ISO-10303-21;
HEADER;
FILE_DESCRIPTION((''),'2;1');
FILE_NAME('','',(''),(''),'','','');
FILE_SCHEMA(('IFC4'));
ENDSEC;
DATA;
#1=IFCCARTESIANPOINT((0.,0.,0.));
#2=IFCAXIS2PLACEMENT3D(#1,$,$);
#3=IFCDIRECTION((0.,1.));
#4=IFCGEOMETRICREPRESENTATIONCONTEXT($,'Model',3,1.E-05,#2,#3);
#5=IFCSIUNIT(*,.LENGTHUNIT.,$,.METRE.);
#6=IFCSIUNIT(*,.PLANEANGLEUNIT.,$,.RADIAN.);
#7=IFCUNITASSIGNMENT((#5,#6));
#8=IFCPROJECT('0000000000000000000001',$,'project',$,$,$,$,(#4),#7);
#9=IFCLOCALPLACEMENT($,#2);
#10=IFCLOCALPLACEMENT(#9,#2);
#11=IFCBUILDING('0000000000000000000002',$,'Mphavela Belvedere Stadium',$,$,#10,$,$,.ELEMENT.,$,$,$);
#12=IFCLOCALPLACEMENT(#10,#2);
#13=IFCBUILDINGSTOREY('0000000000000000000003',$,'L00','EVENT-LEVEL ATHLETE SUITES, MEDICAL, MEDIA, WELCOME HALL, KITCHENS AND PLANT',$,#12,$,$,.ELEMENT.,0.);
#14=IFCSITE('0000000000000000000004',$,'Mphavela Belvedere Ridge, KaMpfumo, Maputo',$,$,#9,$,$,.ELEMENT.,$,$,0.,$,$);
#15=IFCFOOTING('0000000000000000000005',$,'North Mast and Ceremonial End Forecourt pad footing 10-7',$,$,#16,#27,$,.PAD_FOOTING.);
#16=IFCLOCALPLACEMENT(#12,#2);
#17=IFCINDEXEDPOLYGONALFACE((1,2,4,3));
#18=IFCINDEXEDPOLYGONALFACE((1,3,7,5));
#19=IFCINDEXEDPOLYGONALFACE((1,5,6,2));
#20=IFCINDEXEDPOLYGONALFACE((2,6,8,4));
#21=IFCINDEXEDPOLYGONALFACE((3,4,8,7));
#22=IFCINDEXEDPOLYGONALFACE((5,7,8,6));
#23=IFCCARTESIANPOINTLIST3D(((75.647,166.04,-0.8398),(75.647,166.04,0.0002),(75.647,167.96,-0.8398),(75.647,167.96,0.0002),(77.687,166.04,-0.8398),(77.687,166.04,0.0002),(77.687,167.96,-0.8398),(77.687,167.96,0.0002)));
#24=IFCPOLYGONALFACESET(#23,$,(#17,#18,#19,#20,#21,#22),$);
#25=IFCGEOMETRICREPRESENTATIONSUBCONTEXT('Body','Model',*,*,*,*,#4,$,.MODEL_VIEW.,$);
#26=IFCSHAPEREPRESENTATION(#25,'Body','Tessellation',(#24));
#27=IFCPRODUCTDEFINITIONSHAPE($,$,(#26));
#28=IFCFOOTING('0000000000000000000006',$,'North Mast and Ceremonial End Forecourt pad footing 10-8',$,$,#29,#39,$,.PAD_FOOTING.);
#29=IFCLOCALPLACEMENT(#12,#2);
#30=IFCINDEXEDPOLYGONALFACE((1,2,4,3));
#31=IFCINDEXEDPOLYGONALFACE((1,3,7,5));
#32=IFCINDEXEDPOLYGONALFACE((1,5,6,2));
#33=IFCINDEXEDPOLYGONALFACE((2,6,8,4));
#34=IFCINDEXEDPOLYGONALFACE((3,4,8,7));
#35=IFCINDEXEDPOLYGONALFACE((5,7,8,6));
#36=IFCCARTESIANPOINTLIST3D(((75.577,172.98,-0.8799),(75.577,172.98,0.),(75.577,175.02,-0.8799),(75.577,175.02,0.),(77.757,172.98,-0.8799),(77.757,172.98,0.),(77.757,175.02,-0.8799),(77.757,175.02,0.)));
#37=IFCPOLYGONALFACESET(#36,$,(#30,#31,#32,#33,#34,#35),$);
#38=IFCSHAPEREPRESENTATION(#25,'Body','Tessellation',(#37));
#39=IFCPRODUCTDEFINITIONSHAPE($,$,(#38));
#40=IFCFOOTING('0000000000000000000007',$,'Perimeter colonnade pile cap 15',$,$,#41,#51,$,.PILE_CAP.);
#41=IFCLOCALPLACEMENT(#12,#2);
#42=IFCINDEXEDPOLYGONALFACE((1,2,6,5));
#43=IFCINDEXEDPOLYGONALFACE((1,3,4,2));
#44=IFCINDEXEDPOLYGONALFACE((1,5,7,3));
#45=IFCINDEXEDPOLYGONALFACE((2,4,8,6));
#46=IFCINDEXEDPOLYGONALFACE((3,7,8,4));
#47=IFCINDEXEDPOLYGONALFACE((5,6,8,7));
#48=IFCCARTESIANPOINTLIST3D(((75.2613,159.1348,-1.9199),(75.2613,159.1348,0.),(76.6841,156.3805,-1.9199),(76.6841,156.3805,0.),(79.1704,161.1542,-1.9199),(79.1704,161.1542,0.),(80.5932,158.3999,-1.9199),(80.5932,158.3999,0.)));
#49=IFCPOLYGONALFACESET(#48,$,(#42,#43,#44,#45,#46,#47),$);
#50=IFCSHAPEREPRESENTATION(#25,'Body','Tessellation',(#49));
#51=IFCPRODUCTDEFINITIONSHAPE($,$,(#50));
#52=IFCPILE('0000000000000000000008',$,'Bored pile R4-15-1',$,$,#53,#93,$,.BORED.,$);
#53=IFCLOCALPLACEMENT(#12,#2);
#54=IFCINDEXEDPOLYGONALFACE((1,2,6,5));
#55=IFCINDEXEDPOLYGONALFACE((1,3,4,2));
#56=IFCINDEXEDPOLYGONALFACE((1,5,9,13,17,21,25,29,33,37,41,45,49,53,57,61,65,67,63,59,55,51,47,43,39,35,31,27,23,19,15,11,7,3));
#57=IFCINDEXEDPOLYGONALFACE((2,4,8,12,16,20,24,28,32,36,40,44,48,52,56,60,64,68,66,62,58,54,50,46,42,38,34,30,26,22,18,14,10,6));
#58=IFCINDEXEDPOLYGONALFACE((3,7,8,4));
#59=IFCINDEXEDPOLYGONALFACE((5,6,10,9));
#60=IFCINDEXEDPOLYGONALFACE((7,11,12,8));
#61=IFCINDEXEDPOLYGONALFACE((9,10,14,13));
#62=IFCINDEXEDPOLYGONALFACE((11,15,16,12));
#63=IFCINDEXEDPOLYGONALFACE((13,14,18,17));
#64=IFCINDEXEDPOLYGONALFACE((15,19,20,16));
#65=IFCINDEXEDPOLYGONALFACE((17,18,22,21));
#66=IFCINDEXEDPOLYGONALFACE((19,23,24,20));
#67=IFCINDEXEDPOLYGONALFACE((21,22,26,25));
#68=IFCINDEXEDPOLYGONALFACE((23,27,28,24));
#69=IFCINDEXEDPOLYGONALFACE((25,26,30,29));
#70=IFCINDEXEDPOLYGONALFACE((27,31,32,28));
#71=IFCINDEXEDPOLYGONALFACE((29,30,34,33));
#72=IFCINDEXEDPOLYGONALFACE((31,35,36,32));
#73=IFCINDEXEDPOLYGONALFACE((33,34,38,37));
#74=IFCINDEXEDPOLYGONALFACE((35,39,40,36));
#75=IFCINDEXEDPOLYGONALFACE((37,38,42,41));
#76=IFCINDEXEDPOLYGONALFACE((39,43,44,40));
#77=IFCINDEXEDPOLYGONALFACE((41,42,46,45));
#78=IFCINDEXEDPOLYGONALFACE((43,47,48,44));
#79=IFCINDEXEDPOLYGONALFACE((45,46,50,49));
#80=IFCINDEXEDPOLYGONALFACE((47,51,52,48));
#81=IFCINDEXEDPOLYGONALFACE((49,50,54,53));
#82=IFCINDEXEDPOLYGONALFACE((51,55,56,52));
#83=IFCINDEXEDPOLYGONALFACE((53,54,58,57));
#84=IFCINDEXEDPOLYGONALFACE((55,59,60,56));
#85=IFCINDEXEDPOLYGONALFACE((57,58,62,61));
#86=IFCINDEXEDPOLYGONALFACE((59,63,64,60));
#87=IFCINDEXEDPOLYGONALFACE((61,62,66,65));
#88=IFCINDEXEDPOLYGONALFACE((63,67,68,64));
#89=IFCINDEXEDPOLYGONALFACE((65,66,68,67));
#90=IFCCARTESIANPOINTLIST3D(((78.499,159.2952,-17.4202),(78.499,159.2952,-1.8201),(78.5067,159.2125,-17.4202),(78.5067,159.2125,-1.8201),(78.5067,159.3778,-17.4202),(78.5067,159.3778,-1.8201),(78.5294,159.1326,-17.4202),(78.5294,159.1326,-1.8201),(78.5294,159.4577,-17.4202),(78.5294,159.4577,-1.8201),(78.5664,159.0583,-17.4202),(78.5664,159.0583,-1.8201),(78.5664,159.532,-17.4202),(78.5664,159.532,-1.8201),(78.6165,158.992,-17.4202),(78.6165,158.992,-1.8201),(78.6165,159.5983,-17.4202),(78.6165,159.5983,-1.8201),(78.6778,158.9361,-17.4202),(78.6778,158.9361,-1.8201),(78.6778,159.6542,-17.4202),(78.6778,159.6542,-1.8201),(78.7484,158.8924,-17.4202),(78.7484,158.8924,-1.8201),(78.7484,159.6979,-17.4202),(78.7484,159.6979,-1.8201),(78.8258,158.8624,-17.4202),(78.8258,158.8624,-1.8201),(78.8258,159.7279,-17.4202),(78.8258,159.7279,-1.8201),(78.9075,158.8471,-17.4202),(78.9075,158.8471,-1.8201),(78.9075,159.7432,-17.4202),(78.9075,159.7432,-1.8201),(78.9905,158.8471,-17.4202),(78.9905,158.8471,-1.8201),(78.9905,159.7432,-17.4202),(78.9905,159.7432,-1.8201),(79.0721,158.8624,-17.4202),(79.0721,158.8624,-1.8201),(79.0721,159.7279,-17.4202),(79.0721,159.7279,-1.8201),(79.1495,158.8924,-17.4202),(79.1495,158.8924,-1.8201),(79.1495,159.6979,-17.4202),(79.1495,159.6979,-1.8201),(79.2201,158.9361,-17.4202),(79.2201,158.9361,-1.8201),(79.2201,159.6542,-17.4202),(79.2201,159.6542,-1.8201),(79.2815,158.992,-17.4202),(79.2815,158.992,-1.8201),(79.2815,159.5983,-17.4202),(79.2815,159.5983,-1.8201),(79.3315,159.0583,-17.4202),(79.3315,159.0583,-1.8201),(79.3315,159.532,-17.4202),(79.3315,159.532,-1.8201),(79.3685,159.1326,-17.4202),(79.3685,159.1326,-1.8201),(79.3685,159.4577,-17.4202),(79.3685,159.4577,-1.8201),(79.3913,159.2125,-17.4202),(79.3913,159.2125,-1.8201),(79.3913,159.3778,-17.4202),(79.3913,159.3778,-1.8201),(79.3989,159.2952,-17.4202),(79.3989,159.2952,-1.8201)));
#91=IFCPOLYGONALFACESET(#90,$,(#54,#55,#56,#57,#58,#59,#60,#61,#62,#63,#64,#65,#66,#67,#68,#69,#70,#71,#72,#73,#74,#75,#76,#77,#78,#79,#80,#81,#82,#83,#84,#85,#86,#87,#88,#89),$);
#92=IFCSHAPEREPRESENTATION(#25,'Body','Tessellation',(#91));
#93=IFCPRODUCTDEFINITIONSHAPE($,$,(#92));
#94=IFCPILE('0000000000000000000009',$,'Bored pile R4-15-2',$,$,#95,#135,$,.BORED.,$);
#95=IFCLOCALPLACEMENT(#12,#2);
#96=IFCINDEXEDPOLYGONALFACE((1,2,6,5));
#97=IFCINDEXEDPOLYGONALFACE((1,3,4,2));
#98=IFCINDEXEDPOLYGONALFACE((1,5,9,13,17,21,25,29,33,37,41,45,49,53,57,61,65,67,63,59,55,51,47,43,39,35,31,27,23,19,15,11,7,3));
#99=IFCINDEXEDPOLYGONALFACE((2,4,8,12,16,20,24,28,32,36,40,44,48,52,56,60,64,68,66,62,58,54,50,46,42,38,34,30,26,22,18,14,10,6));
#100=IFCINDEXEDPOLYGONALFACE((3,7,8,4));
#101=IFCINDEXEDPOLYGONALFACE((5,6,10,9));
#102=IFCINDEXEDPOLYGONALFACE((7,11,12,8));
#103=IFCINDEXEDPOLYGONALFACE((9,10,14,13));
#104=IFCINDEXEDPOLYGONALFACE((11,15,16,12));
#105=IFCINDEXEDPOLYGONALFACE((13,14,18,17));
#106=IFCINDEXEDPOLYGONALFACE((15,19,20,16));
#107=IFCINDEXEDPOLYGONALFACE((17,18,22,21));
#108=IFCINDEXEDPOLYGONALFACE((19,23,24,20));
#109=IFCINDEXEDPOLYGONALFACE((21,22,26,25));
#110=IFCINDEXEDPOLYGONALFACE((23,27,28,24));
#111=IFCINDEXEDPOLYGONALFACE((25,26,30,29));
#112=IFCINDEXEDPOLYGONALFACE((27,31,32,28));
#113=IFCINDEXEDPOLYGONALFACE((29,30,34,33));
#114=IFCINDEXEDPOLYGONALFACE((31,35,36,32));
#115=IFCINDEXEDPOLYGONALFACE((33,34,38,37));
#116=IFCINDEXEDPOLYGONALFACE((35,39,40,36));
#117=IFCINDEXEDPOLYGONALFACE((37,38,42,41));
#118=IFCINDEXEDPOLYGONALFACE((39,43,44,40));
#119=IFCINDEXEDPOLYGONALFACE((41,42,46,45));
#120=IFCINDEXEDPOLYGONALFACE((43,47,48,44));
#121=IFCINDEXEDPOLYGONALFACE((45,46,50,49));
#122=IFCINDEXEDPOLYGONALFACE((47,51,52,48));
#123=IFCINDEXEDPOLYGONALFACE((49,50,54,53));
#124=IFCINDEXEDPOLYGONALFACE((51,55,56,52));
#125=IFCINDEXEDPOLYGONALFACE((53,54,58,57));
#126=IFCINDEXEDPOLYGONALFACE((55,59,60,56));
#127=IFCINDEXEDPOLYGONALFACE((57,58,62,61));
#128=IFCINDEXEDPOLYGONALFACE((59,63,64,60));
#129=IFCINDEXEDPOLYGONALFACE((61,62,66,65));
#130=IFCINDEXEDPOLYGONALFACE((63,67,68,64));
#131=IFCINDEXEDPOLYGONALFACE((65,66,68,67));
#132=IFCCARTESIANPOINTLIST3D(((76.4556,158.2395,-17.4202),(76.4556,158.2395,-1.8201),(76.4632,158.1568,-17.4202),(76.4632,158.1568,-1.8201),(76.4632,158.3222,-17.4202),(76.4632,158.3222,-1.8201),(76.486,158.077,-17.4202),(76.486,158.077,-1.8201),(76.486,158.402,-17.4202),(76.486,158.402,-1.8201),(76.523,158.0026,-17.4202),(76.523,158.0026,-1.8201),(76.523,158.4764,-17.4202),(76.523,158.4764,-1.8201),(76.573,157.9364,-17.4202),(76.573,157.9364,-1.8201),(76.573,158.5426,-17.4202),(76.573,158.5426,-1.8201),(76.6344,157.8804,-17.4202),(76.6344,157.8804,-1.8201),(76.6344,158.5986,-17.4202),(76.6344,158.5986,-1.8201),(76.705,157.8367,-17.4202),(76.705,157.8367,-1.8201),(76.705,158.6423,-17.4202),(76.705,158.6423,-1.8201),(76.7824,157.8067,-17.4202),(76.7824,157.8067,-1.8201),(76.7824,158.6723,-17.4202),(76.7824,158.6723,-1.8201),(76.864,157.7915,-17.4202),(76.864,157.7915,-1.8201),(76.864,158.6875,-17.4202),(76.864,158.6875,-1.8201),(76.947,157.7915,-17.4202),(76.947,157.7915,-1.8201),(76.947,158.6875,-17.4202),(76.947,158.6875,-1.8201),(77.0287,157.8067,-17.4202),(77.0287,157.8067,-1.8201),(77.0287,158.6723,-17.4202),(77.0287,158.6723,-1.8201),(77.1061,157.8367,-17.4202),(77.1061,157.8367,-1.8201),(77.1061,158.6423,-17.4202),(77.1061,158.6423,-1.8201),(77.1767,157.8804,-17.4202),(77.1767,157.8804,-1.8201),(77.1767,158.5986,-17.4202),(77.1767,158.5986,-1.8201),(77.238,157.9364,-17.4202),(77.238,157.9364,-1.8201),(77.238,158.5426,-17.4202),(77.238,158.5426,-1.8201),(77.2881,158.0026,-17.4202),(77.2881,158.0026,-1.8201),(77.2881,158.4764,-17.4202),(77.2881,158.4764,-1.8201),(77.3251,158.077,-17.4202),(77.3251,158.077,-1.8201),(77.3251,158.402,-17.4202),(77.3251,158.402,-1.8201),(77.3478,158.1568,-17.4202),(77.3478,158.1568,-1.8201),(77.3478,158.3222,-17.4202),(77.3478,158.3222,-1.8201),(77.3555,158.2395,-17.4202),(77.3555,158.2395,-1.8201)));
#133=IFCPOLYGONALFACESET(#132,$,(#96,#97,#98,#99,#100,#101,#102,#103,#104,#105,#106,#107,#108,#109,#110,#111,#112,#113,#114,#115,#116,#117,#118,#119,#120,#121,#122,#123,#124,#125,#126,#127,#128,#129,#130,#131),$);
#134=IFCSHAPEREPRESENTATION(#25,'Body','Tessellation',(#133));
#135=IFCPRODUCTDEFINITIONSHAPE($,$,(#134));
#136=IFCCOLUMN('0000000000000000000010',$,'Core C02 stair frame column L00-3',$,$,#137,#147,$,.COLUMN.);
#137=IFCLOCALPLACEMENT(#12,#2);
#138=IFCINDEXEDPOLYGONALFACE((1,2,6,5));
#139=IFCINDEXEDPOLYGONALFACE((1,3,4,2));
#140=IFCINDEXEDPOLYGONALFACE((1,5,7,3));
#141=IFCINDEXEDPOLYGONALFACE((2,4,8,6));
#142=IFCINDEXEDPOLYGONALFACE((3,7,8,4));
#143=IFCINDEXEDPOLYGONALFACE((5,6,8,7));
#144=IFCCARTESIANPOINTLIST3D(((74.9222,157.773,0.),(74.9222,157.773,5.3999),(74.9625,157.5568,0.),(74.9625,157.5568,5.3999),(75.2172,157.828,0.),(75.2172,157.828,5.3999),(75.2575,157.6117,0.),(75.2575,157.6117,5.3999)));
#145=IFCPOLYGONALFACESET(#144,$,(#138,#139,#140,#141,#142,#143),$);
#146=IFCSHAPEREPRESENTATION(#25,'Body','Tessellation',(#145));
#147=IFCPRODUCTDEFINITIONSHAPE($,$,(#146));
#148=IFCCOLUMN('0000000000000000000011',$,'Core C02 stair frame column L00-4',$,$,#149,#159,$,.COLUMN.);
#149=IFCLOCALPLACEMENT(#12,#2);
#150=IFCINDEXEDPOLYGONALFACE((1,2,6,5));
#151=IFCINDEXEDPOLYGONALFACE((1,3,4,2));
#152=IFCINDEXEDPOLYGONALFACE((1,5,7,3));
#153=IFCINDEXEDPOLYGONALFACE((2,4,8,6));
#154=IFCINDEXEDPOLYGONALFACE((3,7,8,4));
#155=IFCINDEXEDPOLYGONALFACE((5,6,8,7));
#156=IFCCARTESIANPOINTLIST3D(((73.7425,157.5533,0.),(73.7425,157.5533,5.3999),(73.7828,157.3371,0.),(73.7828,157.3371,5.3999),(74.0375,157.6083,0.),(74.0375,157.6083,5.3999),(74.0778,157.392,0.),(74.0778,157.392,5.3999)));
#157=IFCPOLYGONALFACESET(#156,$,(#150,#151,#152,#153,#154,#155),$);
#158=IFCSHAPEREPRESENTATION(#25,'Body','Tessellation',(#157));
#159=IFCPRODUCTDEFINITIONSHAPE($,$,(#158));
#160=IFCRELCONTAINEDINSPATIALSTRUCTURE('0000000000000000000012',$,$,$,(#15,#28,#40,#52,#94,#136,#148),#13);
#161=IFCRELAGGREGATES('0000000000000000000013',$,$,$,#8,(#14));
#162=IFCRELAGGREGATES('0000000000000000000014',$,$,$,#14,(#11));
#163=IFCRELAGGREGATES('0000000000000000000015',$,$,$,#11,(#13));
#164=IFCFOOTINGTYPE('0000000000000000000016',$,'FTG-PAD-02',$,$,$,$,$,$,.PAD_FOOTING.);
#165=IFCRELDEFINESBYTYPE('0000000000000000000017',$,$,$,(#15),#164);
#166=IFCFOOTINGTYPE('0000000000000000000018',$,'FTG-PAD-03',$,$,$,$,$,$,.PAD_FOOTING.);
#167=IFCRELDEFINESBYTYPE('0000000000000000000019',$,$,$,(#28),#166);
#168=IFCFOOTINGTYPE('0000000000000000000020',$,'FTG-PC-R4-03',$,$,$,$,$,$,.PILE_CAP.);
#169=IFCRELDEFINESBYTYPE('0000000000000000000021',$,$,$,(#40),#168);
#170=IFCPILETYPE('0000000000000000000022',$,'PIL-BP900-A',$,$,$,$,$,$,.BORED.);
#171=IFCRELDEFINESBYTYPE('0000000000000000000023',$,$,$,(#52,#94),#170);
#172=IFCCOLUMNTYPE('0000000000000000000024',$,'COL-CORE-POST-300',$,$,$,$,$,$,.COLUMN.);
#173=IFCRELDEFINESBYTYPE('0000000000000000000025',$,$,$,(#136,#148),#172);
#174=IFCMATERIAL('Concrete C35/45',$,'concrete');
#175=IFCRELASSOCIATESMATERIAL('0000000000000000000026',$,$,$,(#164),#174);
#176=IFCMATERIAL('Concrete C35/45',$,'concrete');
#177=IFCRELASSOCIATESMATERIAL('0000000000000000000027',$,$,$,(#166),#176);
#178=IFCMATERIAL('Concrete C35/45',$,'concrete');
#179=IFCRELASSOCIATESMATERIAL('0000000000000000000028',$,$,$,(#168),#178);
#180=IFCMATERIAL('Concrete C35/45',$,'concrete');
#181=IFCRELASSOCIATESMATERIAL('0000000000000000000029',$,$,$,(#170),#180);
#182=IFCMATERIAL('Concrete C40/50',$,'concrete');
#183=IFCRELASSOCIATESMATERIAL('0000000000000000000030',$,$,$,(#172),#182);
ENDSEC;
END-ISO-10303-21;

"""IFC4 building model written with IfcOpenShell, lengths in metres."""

from ifc_helpers import new_model, si_unit, direction, frame, origin, origin_2d, place, context, subcontext, project, spatial, rectangle, circle, extrude, material, material_profile, profile_set, type_object, element, save


model = new_model("IFC4")

# Units and contexts
model_context = context("Model", 3, precision=1e-05, world=origin(), true_north=direction((0.0, 1.0)))
body_context = subcontext(model_context, "Body", "Model", "MODEL_VIEW")
ifc_project = project(units=[si_unit("LENGTHUNIT", "METRE"), si_unit("PLANEANGLEUNIT", "RADIAN")], contexts=[model_context])

# Site, building, storey
site_placement = place(None, origin())
site = spatial("IfcSite", under=ifc_project, at=site_placement, Name="Mphavela Belvedere Ridge, KaMpfumo, Maputo", CompositionType="ELEMENT", RefElevation=0.0)
building_placement = place(site_placement, origin())
building = spatial("IfcBuilding", under=site, at=building_placement, Name="Mphavela Belvedere Stadium", CompositionType="ELEMENT")
storey_placement = place(building_placement, origin())
storey = spatial("IfcBuildingStorey", under=building, at=storey_placement, Name="L00", Description="EVENT-LEVEL ATHLETE SUITES, MEDICAL, MEDIA, WELCOME HALL, KITCHENS AND PLANT", CompositionType="ELEMENT", Elevation=0.0)

# Footings
ifc_material_1 = material(Name="Concrete C35/45", Category="concrete")
footing_type_1 = type_object("IfcFootingType", Name="FTG-PAD-02", PredefinedType="PAD_FOOTING", material=ifc_material_1)
footing_1_placement = place(storey_placement, frame((76.667, 167.0, -0.8398), z_axis=(0.0, 0.0, 1.0), x_axis=(1.0, 0.0, 0.0)))
element("IfcFooting", 1, at=footing_1_placement, inside=storey, type_object=footing_type_1, Name="North Mast and Ceremonial End Forecourt pad footing 10-7", PredefinedType="PAD_FOOTING", context=body_context, shape_type="SweptSolid", body=[
    extrude(rectangle(XDim=2.04, YDim=1.9199, at=origin_2d()), origin(), (0.0, 0.0, 1.0), 0.8401),
])
ifc_material_2 = material(Name="Concrete C35/45", Category="concrete")
footing_type_2 = type_object("IfcFootingType", Name="FTG-PAD-03", PredefinedType="PAD_FOOTING", material=ifc_material_2)
footing_2_placement = place(storey_placement, frame((76.667, 174.0, -0.8799), z_axis=(0.0, 0.0, 1.0), x_axis=(1.0, 0.0, 0.0)))
element("IfcFooting", 2, at=footing_2_placement, inside=storey, type_object=footing_type_2, Name="North Mast and Ceremonial End Forecourt pad footing 10-8", PredefinedType="PAD_FOOTING", context=body_context, shape_type="SweptSolid", body=[
    extrude(rectangle(XDim=2.1799, YDim=2.04, at=origin_2d()), origin(), (0.0, 0.0, 1.0), 0.8799),
])
ifc_material_3 = material(Name="Concrete C35/45", Category="concrete")
footing_type_3 = type_object("IfcFootingType", Name="FTG-PC-R4-03", PredefinedType="PILE_CAP", material=ifc_material_3)
footing_3_placement = place(storey_placement, frame((77.9272, 158.7673, -1.9199), z_axis=(0.0, 0.0, 1.0), x_axis=(-0.888457, -0.45896, 0.0)))
element("IfcFooting", 3, at=footing_3_placement, inside=storey, type_object=footing_type_3, Name="Perimeter colonnade pile cap 15", PredefinedType="PILE_CAP", context=body_context, shape_type="SweptSolid", body=[
    extrude(rectangle(XDim=4.3999, YDim=3.1001, at=origin_2d()), origin(), (0.0, 0.0, 1.0), 1.9199),
])

# Piles
ifc_material_4 = material(Name="Concrete C35/45", Category="concrete")
ifc_material_profile_1 = material_profile(ifc_material_4, circle(Radius=0.45, at=origin_2d()), Name="BP D900")
ifc_profile_set_1 = profile_set([ifc_material_profile_1], Name="Concrete C35/45")
pile_type = type_object("IfcPileType", Name="PIL-BP900-A", PredefinedType="BORED", material=ifc_profile_set_1)
for number, where, z_axis, x_axis, name in (
    (4, (78.949, 159.2952, -1.8201), (0.0, 0.0, -1.0), (1.0, 0.0, 0.0), "Bored pile R4-15-1"),
    (5, (76.9055, 158.2395, -1.8201), (0.0, 0.0, -1.0), (1.0, 0.0, 0.0), "Bored pile R4-15-2"),
):
    element("IfcPile", number, at=place(storey_placement, frame(where, z_axis=z_axis, x_axis=x_axis)), inside=storey, type_object=pile_type, Name=name, PredefinedType="BORED", context=body_context, shape_type="SweptSolid", body=[
        extrude(circle(Radius=0.45, at=origin_2d()), origin(), (0.0, 0.0, 1.0), 15.6001),
    ])

# Columns
ifc_material_5 = material(Name="Concrete C40/50", Category="concrete")
ifc_material_profile_2 = material_profile(ifc_material_5, rectangle(XDim=0.3, YDim=0.22, at=origin_2d()), Name="RC 300x220")
ifc_profile_set_2 = profile_set([ifc_material_profile_2], Name="Concrete C40/50")
column_type_1 = type_object("IfcColumnType", Name="COL-CORE-POST-300", PredefinedType="COLUMN", material=ifc_profile_set_2)
for number, where, z_axis, x_axis, name in (
    (6, (75.0898, 157.6924, 0.0), (0.0, 0.0, 1.0), (0.983096, 0.183094, 0.0), "Core C02 stair frame column L00-3"),
    (7, (73.9102, 157.4727, 0.0), (0.0, 0.0, 1.0), (0.983096, 0.183094, 0.0), "Core C02 stair frame column L00-4"),
):
    element("IfcColumn", number, at=place(storey_placement, frame(where, z_axis=z_axis, x_axis=x_axis)), inside=storey, type_object=column_type_1, Name=name, PredefinedType="COLUMN", context=body_context, shape_type="SweptSolid", body=[
        extrude(rectangle(XDim=0.3, YDim=0.22, at=origin_2d()), origin(), (0.0, 0.0, 1.0), 5.3999),
    ])

save(model, "model.ifc")
